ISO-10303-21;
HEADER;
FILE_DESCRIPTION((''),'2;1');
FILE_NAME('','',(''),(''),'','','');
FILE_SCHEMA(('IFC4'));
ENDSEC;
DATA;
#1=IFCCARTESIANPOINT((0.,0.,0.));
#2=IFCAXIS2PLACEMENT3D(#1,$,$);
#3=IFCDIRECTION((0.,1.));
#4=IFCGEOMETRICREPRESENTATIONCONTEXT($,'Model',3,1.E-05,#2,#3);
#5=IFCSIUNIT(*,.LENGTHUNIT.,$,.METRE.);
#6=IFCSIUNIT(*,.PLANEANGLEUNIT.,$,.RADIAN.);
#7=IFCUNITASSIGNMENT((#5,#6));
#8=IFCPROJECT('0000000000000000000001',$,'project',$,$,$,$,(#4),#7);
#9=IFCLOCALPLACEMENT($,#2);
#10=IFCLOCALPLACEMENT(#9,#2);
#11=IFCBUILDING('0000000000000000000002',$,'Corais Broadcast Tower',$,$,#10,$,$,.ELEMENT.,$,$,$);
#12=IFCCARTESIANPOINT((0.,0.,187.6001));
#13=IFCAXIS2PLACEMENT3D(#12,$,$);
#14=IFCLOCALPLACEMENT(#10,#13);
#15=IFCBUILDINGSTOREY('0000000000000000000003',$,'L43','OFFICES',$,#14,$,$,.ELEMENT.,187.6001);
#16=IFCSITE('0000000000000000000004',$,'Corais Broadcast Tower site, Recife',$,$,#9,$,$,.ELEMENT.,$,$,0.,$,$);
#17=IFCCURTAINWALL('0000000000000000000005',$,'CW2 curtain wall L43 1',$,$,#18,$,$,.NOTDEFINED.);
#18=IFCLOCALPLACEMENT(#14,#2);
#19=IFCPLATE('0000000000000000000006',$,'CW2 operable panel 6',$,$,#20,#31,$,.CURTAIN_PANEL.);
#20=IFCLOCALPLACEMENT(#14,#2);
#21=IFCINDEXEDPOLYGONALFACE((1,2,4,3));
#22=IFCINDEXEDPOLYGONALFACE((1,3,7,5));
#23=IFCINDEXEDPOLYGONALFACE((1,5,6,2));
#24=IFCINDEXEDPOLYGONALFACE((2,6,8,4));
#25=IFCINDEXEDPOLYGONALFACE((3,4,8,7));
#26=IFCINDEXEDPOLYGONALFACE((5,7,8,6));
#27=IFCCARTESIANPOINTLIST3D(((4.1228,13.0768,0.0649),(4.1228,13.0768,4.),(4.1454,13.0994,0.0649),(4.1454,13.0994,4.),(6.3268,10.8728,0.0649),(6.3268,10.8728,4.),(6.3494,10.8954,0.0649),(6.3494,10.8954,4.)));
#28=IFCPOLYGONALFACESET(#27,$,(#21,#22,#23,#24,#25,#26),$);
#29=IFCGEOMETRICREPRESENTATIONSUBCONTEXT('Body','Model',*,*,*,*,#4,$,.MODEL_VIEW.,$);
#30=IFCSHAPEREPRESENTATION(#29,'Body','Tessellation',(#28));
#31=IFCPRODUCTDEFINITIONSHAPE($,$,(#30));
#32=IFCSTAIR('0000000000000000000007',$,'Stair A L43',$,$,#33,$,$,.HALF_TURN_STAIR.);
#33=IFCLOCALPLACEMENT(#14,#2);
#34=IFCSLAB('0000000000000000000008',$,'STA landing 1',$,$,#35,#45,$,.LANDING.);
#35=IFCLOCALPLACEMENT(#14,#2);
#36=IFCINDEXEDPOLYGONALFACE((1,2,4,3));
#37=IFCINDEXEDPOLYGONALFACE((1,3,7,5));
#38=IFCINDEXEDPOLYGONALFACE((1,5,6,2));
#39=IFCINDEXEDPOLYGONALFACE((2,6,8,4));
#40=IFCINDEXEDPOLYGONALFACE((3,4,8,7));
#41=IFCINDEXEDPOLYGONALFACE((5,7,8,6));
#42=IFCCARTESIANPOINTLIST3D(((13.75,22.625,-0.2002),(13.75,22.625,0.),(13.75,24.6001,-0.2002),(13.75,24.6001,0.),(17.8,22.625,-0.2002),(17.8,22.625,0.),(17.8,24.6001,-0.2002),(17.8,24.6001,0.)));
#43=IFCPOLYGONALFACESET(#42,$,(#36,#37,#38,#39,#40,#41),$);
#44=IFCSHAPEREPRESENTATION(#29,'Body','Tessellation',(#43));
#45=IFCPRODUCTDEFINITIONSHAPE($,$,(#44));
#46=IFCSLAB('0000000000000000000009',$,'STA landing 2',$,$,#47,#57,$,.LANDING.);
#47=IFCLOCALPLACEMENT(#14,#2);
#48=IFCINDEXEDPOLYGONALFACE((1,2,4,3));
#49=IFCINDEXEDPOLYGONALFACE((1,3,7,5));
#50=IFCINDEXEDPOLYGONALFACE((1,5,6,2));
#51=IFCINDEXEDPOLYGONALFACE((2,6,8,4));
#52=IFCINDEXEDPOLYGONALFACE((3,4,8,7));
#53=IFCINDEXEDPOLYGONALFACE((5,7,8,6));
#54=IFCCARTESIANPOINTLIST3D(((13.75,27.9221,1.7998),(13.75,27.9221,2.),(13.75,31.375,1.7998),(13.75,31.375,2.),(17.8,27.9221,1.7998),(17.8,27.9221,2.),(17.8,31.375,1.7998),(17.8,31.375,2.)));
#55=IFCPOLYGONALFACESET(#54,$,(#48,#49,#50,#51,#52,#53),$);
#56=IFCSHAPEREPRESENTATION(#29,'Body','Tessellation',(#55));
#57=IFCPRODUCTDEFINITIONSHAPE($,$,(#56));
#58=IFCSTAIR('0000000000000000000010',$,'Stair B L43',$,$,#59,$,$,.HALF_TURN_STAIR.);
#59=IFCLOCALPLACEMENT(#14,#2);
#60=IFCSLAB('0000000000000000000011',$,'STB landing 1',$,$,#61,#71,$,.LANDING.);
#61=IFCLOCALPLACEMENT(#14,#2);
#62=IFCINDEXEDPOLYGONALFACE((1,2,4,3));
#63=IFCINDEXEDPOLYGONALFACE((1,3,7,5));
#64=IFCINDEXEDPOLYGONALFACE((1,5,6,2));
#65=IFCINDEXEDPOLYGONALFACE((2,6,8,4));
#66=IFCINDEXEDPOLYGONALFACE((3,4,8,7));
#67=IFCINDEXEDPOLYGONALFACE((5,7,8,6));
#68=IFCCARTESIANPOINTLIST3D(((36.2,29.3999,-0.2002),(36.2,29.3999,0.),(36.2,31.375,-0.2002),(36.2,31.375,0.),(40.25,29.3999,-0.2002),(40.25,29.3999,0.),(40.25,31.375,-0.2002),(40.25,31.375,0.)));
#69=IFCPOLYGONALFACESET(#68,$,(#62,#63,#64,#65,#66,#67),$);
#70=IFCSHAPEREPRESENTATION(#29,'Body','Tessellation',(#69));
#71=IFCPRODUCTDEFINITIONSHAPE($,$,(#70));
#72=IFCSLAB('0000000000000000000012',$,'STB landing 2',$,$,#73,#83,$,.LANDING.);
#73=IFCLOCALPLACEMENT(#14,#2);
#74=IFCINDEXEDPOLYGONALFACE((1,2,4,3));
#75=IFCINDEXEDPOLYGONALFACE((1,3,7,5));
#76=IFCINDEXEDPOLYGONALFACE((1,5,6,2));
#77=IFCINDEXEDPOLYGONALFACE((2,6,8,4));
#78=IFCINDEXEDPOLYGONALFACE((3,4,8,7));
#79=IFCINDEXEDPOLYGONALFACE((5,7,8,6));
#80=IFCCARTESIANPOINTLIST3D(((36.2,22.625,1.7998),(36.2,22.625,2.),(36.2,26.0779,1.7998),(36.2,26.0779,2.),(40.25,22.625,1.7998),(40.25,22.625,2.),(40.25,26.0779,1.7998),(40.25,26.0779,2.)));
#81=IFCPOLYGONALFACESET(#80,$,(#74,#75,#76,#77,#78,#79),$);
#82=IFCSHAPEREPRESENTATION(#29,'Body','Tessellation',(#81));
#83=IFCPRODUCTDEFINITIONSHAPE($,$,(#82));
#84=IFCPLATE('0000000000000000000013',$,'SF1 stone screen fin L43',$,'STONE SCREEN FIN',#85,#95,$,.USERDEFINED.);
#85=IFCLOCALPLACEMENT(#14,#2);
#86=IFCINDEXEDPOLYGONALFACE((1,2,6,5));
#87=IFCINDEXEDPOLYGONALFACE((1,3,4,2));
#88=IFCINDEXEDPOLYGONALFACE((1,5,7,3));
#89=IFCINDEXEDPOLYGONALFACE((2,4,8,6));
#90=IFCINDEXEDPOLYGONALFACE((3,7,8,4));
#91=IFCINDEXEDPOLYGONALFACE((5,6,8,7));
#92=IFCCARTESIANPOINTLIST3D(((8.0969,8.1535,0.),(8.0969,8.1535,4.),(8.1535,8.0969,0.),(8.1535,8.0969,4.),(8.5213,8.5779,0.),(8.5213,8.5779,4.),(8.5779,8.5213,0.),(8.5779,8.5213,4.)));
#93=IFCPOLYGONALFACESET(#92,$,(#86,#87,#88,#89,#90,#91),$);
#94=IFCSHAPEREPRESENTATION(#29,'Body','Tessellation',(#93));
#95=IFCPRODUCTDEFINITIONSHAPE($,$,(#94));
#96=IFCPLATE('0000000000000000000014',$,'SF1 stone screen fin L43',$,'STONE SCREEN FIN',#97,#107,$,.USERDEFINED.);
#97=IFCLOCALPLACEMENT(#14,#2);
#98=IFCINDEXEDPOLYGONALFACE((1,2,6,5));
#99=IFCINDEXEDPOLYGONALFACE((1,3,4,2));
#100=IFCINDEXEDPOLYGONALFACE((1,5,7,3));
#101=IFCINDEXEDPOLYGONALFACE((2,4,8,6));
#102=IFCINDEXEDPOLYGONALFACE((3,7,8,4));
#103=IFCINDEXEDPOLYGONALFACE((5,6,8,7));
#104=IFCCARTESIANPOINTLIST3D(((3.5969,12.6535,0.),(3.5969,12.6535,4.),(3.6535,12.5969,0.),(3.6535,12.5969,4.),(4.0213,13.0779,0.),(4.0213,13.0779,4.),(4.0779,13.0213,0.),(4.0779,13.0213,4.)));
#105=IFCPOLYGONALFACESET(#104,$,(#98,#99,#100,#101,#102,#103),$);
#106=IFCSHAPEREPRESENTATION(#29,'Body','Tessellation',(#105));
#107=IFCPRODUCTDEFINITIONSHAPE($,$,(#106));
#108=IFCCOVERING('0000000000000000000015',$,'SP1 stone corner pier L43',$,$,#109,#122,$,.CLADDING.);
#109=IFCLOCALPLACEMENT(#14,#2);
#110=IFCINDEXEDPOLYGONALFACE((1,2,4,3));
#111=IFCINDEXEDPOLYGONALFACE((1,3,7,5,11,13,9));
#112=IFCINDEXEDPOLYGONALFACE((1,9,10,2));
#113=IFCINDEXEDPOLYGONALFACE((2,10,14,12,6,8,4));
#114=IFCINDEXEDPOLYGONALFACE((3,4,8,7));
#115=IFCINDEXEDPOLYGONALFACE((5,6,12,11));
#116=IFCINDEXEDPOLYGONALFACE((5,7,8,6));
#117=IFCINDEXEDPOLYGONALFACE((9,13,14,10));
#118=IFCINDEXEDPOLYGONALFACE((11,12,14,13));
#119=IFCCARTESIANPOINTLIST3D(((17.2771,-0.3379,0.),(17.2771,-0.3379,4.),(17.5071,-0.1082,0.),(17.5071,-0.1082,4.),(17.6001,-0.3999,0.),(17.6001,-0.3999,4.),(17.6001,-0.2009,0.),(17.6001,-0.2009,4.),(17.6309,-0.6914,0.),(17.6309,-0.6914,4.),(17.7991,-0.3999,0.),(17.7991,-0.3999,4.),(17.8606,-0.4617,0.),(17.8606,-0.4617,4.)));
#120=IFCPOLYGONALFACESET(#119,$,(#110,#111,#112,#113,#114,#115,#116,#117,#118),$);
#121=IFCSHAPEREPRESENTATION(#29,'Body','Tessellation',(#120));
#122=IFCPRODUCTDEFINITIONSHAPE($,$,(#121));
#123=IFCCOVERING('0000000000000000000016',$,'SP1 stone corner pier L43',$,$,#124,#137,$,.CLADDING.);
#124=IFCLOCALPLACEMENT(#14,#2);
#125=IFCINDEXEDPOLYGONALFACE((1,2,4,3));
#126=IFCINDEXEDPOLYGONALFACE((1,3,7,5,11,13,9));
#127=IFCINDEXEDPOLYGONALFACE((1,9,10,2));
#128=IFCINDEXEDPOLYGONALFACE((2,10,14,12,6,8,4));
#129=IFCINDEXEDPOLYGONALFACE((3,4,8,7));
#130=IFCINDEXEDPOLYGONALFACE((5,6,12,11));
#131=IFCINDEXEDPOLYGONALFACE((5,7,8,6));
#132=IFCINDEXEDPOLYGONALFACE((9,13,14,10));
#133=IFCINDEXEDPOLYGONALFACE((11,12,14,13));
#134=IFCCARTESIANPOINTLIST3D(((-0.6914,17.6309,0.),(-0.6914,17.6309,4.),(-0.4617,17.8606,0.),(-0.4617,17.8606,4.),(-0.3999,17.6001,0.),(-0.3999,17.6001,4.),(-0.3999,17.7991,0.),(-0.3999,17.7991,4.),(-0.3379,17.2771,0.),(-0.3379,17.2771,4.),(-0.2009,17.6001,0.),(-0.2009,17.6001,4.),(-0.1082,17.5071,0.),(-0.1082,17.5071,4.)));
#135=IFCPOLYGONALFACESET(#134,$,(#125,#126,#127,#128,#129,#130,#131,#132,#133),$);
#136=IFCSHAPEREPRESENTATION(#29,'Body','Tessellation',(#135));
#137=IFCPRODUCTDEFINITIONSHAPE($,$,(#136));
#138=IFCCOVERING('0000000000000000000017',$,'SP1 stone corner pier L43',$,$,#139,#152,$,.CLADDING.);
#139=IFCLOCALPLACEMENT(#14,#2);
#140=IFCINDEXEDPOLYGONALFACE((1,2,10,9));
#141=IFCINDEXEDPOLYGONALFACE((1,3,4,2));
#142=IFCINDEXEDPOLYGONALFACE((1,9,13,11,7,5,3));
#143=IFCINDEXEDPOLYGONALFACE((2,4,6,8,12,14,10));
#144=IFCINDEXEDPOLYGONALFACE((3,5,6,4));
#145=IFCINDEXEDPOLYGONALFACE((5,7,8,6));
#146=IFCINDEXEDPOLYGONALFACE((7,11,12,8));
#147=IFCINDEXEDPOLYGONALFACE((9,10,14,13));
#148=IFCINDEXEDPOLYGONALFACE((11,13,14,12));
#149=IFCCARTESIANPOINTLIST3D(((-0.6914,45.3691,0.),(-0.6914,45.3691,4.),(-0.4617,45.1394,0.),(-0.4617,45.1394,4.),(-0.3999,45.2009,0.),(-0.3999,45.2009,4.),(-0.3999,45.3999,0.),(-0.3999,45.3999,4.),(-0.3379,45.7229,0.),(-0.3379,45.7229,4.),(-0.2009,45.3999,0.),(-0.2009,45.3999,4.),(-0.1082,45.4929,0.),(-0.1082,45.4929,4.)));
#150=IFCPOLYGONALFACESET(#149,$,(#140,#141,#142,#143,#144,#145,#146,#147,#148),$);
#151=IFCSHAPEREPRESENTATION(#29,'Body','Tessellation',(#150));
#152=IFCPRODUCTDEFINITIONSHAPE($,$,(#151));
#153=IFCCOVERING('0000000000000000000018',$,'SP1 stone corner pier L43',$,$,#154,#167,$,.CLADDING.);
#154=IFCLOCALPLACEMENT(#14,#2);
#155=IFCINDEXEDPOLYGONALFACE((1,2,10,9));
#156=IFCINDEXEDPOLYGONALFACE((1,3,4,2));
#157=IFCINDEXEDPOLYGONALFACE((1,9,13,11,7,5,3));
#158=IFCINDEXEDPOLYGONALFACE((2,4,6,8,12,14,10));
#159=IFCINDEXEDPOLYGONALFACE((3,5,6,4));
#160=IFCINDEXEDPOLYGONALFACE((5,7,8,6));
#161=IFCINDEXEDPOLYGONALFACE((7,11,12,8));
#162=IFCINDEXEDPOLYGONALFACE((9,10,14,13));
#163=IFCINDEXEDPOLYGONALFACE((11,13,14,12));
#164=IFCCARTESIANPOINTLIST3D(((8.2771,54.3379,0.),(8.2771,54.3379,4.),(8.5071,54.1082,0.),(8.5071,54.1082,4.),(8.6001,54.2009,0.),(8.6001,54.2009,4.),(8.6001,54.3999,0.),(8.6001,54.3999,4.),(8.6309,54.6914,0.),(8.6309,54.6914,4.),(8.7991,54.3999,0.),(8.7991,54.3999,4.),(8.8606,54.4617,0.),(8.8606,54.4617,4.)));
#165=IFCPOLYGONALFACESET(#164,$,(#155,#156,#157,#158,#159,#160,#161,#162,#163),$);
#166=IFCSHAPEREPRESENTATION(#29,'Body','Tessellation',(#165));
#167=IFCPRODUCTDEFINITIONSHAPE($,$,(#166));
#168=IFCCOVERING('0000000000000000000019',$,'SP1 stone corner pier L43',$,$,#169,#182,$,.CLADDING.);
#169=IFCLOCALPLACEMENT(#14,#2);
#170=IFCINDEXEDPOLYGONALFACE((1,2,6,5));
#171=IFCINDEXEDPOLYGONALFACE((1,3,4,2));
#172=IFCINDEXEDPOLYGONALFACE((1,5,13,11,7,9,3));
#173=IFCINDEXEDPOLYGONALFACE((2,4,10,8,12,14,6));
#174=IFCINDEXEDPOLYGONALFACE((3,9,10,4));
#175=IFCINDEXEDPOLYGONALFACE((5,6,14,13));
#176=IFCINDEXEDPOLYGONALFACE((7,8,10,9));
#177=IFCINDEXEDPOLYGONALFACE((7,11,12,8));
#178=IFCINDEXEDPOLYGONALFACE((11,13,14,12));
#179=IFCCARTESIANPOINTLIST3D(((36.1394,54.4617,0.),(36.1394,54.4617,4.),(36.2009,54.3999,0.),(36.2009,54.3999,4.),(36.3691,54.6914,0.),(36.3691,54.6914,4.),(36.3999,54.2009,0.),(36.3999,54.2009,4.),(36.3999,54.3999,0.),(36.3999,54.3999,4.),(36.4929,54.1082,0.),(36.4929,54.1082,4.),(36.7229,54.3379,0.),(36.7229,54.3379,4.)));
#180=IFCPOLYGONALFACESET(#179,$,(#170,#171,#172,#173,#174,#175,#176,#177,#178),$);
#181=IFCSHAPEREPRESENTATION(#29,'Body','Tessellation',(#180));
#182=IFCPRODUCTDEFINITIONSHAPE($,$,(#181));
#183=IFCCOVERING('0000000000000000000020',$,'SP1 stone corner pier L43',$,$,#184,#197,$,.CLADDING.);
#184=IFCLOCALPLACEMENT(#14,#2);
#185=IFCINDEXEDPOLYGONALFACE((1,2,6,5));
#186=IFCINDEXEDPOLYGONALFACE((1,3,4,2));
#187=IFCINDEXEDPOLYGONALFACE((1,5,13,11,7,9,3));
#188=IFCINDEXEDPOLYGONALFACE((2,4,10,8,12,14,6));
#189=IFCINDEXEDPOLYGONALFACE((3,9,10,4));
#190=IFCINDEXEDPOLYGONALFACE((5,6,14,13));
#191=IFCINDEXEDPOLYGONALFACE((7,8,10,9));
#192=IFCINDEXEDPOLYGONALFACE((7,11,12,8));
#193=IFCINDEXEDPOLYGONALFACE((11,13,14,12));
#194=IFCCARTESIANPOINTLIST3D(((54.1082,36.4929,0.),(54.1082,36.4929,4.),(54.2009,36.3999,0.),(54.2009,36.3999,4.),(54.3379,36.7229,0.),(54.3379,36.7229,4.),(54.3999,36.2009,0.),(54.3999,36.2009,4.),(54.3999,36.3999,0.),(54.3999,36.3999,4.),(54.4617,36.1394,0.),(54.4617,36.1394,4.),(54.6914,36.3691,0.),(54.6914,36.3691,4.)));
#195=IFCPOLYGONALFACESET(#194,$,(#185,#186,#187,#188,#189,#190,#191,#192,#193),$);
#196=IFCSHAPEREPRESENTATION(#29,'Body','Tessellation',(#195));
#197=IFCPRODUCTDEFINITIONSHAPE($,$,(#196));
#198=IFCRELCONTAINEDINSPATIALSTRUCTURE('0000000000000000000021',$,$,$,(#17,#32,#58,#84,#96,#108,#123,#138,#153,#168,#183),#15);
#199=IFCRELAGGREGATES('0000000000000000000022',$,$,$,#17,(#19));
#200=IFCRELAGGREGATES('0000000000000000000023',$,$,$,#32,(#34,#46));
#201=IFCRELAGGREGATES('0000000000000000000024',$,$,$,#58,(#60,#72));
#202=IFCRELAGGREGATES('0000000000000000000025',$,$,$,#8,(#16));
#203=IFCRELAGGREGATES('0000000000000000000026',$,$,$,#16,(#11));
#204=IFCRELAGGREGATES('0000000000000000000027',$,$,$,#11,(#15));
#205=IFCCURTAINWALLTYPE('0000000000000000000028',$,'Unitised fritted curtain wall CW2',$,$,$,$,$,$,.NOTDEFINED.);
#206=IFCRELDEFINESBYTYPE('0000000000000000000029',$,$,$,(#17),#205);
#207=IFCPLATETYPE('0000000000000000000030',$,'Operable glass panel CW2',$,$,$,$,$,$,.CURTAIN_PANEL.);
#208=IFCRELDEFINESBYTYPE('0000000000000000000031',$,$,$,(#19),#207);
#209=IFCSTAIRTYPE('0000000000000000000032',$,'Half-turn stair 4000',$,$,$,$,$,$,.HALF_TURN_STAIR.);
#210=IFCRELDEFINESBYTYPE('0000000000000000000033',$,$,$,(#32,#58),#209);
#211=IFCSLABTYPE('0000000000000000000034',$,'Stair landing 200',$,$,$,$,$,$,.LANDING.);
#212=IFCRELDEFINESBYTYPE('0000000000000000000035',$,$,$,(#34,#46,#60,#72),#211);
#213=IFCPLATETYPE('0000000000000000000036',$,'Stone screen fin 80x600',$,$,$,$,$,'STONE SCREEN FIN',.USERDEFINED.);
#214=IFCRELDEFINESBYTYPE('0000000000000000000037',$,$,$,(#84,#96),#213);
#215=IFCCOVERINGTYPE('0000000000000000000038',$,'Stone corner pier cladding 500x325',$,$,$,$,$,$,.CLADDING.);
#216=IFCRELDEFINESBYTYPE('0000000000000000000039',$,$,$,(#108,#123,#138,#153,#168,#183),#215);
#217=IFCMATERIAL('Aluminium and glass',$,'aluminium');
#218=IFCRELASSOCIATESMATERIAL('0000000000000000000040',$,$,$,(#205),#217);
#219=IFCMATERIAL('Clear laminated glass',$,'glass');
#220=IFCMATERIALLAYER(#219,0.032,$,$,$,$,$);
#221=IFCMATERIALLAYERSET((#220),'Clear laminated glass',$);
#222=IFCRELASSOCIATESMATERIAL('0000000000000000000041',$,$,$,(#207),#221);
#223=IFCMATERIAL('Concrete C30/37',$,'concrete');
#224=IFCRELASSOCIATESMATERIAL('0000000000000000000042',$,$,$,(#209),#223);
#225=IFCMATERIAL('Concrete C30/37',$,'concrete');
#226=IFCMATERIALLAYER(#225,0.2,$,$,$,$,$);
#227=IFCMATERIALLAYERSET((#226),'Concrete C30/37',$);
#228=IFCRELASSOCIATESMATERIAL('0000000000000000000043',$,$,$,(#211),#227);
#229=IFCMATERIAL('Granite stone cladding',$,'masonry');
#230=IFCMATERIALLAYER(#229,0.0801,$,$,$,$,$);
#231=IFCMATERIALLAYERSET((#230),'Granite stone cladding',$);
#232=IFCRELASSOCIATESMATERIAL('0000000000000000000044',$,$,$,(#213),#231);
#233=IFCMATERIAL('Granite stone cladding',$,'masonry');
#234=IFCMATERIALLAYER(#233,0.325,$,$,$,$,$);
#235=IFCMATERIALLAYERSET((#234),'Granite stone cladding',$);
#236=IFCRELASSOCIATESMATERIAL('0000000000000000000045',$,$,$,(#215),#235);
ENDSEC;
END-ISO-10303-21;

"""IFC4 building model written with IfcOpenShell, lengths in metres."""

from ifc_helpers import new_model, si_unit, direction, frame, origin, origin_2d, place, context, subcontext, project, spatial, polyline, rectangle, outline, extrude, material, layer, layer_set, type_object, element, aggregate, save


model = new_model("IFC4")

# Units and contexts
model_context = context("Model", 3, precision=1e-05, world=origin(), true_north=direction((0.0, 1.0)))
body_context = subcontext(model_context, "Body", "Model", "MODEL_VIEW")
ifc_project = project(units=[si_unit("LENGTHUNIT", "METRE"), si_unit("PLANEANGLEUNIT", "RADIAN")], contexts=[model_context])

# Site, building, storey
site_placement = place(None, origin())
site = spatial("IfcSite", under=ifc_project, at=site_placement, Name="Corais Broadcast Tower site, Recife", CompositionType="ELEMENT", RefElevation=0.0)
building_placement = place(site_placement, origin())
building = spatial("IfcBuilding", under=site, at=building_placement, Name="Corais Broadcast Tower", CompositionType="ELEMENT")
storey_placement = place(building_placement, frame((0.0, 0.0, 187.6001)))
storey = spatial("IfcBuildingStorey", under=building, at=storey_placement, Name="L43", Description="OFFICES", CompositionType="ELEMENT", Elevation=187.6001)

# Curtain wall
ifc_material_1 = material(Name="Aluminium and glass", Category="aluminium")
curtain_wall_type = type_object("IfcCurtainWallType", Name="Unitised fritted curtain wall CW2", PredefinedType="NOTDEFINED", material=ifc_material_1)
curtain_wall_placement = place(storey_placement, origin())
curtain_wall = element("IfcCurtainWall", 1, at=curtain_wall_placement, inside=storey, type_object=curtain_wall_type, Name="CW2 curtain wall L43 1", PredefinedType="NOTDEFINED")

# Plate
ifc_material_2 = material(Name="Clear laminated glass", Category="glass")
ifc_layer_1 = layer(ifc_material_2, 0.032)
ifc_layer_set_1 = layer_set([ifc_layer_1], Name="Clear laminated glass")
plate_type_1 = type_object("IfcPlateType", Name="Operable glass panel CW2", PredefinedType="CURTAIN_PANEL", material=ifc_layer_set_1)
plate_1_placement = place(storey_placement, frame((5.2361, 11.9861, 0.0649), z_axis=(0.0, 0.0, 1.0), x_axis=(-0.707107, 0.707107, 0.0)))
plate_1 = element("IfcPlate", 2, at=plate_1_placement, type_object=plate_type_1, Name="CW2 operable panel 6", PredefinedType="CURTAIN_PANEL", context=body_context, shape_type="SweptSolid", body=[
    extrude(rectangle(XDim=3.1169, YDim=0.032, at=origin_2d()), origin(), (0.0, 0.0, 1.0), 3.9351),
])
aggregate(curtain_wall, [plate_1])

# Stairs, slabs
ifc_material_3 = material(Name="Concrete C30/37", Category="concrete")
stair_type = type_object("IfcStairType", Name="Half-turn stair 4000", PredefinedType="HALF_TURN_STAIR", material=ifc_material_3)
stair_1_placement = place(storey_placement, origin())
stair_1 = element("IfcStair", 3, at=stair_1_placement, inside=storey, type_object=stair_type, Name="Stair A L43", PredefinedType="HALF_TURN_STAIR")
ifc_material_4 = material(Name="Concrete C30/37", Category="concrete")
ifc_layer_2 = layer(ifc_material_4, 0.2)
ifc_layer_set_2 = layer_set([ifc_layer_2], Name="Concrete C30/37")
slab_type_1 = type_object("IfcSlabType", Name="Stair landing 200", PredefinedType="LANDING", material=ifc_layer_set_2)
slab_1_placement = place(storey_placement, frame((0.0, 0.0, -0.2002)))
slab_1 = element("IfcSlab", 4, at=slab_1_placement, type_object=slab_type_1, Name="STA landing 1", PredefinedType="LANDING", context=body_context, shape_type="SweptSolid", body=[
    extrude(outline(polyline([(13.75, 22.625), (17.8, 22.625), (17.8, 24.6001), (13.75, 24.6001), (13.75, 22.625)])), origin(), (0.0, 0.0, 1.0), 0.2002),
])
slab_2_placement = place(storey_placement, frame((0.0, 0.0, 1.7998)))
slab_2 = element("IfcSlab", 5, at=slab_2_placement, type_object=slab_type_1, Name="STA landing 2", PredefinedType="LANDING", context=body_context, shape_type="SweptSolid", body=[
    extrude(outline(polyline([(13.75, 27.9221), (17.8, 27.9221), (17.8, 31.375), (13.75, 31.375), (13.75, 27.9221)])), origin(), (0.0, 0.0, 1.0), 0.2002),
])
aggregate(stair_1, [slab_1, slab_2])
stair_2_placement = place(storey_placement, origin())
stair_2 = element("IfcStair", 6, at=stair_2_placement, inside=storey, type_object=stair_type, Name="Stair B L43", PredefinedType="HALF_TURN_STAIR")
slab_3_placement = place(storey_placement, frame((0.0, 0.0, -0.2002)))
slab_3 = element("IfcSlab", 7, at=slab_3_placement, type_object=slab_type_1, Name="STB landing 1", PredefinedType="LANDING", context=body_context, shape_type="SweptSolid", body=[
    extrude(outline(polyline([(36.2, 29.3999), (40.25, 29.3999), (40.25, 31.375), (36.2, 31.375), (36.2, 29.3999)])), origin(), (0.0, 0.0, 1.0), 0.2002),
])
slab_4_placement = place(storey_placement, frame((0.0, 0.0, 1.7998)))
slab_4 = element("IfcSlab", 8, at=slab_4_placement, type_object=slab_type_1, Name="STB landing 2", PredefinedType="LANDING", context=body_context, shape_type="SweptSolid", body=[
    extrude(outline(polyline([(36.2, 22.625), (40.25, 22.625), (40.25, 26.0779), (36.2, 26.0779), (36.2, 22.625)])), origin(), (0.0, 0.0, 1.0), 0.2002),
])
aggregate(stair_2, [slab_3, slab_4])

# Plates
ifc_material_5 = material(Name="Granite stone cladding", Category="masonry")
ifc_layer_3 = layer(ifc_material_5, 0.0801)
ifc_layer_set_3 = layer_set([ifc_layer_3], Name="Granite stone cladding")
plate_type_2 = type_object("IfcPlateType", Name="Stone screen fin 80x600", ElementType="STONE SCREEN FIN", PredefinedType="USERDEFINED", material=ifc_layer_set_3)
for number, where, z_axis, x_axis, name in (
    (9, (8.3374, 8.3374, 0.0), (0.0, 0.0, 1.0), (-0.707107, 0.707107, 0.0), "SF1 stone screen fin L43"),
    (10, (3.8374, 12.8374, 0.0), (0.0, 0.0, 1.0), (-0.707107, 0.707107, 0.0), "SF1 stone screen fin L43"),
):
    element("IfcPlate", number, at=place(storey_placement, frame(where, z_axis=z_axis, x_axis=x_axis)), inside=storey, type_object=plate_type_2, Name=name, ObjectType="STONE SCREEN FIN", PredefinedType="USERDEFINED", context=body_context, shape_type="SweptSolid", body=[
        extrude(rectangle(XDim=0.0801, YDim=0.6001, at=origin_2d()), origin(), (0.0, 0.0, 1.0), 4.0),
    ])

# Coverings
ifc_material_6 = material(Name="Granite stone cladding", Category="masonry")
ifc_layer_4 = layer(ifc_material_6, 0.325)
ifc_layer_set_4 = layer_set([ifc_layer_4], Name="Granite stone cladding")
covering_type_1 = type_object("IfcCoveringType", Name="Stone corner pier cladding 500x325", PredefinedType="CLADDING", material=ifc_layer_set_4)
covering_1_placement = place(storey_placement, origin())
element("IfcCovering", 11, at=covering_1_placement, inside=storey, type_object=covering_type_1, Name="SP1 stone corner pier L43", PredefinedType="CLADDING", context=body_context, shape_type="SweptSolid", body=[
    extrude(outline(polyline([(17.8606, -0.4617), (17.7991, -0.3999), (17.6001, -0.3999), (17.6001, -0.2009), (17.5071, -0.1082), (17.2771, -0.3379), (17.6309, -0.6914), (17.8606, -0.4617)])), origin(), (0.0, 0.0, 1.0), 4.0),
])
covering_2_placement = place(storey_placement, origin())
element("IfcCovering", 12, at=covering_2_placement, inside=storey, type_object=covering_type_1, Name="SP1 stone corner pier L43", PredefinedType="CLADDING", context=body_context, shape_type="SweptSolid", body=[
    extrude(outline(polyline([(-0.3999, 17.7991), (-0.4617, 17.8606), (-0.6914, 17.6309), (-0.3379, 17.2771), (-0.1082, 17.5071), (-0.2009, 17.6001), (-0.3999, 17.6001), (-0.3999, 17.7991)])), origin(), (0.0, 0.0, 1.0), 4.0),
])
covering_3_placement = place(storey_placement, origin())
element("IfcCovering", 13, at=covering_3_placement, inside=storey, type_object=covering_type_1, Name="SP1 stone corner pier L43", PredefinedType="CLADDING", context=body_context, shape_type="SweptSolid", body=[
    extrude(outline(polyline([(-0.4617, 45.1394), (-0.3999, 45.2009), (-0.3999, 45.3999), (-0.2009, 45.3999), (-0.1082, 45.4929), (-0.3379, 45.7229), (-0.6914, 45.3691), (-0.4617, 45.1394)])), origin(), (0.0, 0.0, 1.0), 4.0),
])
covering_4_placement = place(storey_placement, origin())
element("IfcCovering", 14, at=covering_4_placement, inside=storey, type_object=covering_type_1, Name="SP1 stone corner pier L43", PredefinedType="CLADDING", context=body_context, shape_type="SweptSolid", body=[
    extrude(outline(polyline([(8.7991, 54.3999), (8.8606, 54.4617), (8.6309, 54.6914), (8.2771, 54.3379), (8.5071, 54.1082), (8.6001, 54.2009), (8.6001, 54.3999), (8.7991, 54.3999)])), origin(), (0.0, 0.0, 1.0), 4.0),
])
covering_5_placement = place(storey_placement, origin())
element("IfcCovering", 15, at=covering_5_placement, inside=storey, type_object=covering_type_1, Name="SP1 stone corner pier L43", PredefinedType="CLADDING", context=body_context, shape_type="SweptSolid", body=[
    extrude(outline(polyline([(36.1394, 54.4617), (36.2009, 54.3999), (36.3999, 54.3999), (36.3999, 54.2009), (36.4929, 54.1082), (36.7229, 54.3379), (36.3691, 54.6914), (36.1394, 54.4617)])), origin(), (0.0, 0.0, 1.0), 4.0),
])
covering_6_placement = place(storey_placement, origin())
element("IfcCovering", 16, at=covering_6_placement, inside=storey, type_object=covering_type_1, Name="SP1 stone corner pier L43", PredefinedType="CLADDING", context=body_context, shape_type="SweptSolid", body=[
    extrude(outline(polyline([(54.3999, 36.2009), (54.4617, 36.1394), (54.6914, 36.3691), (54.3379, 36.7229), (54.1082, 36.4929), (54.2009, 36.3999), (54.3999, 36.3999), (54.3999, 36.2009)])), origin(), (0.0, 0.0, 1.0), 4.0),
])

save(model, "model.ifc")
